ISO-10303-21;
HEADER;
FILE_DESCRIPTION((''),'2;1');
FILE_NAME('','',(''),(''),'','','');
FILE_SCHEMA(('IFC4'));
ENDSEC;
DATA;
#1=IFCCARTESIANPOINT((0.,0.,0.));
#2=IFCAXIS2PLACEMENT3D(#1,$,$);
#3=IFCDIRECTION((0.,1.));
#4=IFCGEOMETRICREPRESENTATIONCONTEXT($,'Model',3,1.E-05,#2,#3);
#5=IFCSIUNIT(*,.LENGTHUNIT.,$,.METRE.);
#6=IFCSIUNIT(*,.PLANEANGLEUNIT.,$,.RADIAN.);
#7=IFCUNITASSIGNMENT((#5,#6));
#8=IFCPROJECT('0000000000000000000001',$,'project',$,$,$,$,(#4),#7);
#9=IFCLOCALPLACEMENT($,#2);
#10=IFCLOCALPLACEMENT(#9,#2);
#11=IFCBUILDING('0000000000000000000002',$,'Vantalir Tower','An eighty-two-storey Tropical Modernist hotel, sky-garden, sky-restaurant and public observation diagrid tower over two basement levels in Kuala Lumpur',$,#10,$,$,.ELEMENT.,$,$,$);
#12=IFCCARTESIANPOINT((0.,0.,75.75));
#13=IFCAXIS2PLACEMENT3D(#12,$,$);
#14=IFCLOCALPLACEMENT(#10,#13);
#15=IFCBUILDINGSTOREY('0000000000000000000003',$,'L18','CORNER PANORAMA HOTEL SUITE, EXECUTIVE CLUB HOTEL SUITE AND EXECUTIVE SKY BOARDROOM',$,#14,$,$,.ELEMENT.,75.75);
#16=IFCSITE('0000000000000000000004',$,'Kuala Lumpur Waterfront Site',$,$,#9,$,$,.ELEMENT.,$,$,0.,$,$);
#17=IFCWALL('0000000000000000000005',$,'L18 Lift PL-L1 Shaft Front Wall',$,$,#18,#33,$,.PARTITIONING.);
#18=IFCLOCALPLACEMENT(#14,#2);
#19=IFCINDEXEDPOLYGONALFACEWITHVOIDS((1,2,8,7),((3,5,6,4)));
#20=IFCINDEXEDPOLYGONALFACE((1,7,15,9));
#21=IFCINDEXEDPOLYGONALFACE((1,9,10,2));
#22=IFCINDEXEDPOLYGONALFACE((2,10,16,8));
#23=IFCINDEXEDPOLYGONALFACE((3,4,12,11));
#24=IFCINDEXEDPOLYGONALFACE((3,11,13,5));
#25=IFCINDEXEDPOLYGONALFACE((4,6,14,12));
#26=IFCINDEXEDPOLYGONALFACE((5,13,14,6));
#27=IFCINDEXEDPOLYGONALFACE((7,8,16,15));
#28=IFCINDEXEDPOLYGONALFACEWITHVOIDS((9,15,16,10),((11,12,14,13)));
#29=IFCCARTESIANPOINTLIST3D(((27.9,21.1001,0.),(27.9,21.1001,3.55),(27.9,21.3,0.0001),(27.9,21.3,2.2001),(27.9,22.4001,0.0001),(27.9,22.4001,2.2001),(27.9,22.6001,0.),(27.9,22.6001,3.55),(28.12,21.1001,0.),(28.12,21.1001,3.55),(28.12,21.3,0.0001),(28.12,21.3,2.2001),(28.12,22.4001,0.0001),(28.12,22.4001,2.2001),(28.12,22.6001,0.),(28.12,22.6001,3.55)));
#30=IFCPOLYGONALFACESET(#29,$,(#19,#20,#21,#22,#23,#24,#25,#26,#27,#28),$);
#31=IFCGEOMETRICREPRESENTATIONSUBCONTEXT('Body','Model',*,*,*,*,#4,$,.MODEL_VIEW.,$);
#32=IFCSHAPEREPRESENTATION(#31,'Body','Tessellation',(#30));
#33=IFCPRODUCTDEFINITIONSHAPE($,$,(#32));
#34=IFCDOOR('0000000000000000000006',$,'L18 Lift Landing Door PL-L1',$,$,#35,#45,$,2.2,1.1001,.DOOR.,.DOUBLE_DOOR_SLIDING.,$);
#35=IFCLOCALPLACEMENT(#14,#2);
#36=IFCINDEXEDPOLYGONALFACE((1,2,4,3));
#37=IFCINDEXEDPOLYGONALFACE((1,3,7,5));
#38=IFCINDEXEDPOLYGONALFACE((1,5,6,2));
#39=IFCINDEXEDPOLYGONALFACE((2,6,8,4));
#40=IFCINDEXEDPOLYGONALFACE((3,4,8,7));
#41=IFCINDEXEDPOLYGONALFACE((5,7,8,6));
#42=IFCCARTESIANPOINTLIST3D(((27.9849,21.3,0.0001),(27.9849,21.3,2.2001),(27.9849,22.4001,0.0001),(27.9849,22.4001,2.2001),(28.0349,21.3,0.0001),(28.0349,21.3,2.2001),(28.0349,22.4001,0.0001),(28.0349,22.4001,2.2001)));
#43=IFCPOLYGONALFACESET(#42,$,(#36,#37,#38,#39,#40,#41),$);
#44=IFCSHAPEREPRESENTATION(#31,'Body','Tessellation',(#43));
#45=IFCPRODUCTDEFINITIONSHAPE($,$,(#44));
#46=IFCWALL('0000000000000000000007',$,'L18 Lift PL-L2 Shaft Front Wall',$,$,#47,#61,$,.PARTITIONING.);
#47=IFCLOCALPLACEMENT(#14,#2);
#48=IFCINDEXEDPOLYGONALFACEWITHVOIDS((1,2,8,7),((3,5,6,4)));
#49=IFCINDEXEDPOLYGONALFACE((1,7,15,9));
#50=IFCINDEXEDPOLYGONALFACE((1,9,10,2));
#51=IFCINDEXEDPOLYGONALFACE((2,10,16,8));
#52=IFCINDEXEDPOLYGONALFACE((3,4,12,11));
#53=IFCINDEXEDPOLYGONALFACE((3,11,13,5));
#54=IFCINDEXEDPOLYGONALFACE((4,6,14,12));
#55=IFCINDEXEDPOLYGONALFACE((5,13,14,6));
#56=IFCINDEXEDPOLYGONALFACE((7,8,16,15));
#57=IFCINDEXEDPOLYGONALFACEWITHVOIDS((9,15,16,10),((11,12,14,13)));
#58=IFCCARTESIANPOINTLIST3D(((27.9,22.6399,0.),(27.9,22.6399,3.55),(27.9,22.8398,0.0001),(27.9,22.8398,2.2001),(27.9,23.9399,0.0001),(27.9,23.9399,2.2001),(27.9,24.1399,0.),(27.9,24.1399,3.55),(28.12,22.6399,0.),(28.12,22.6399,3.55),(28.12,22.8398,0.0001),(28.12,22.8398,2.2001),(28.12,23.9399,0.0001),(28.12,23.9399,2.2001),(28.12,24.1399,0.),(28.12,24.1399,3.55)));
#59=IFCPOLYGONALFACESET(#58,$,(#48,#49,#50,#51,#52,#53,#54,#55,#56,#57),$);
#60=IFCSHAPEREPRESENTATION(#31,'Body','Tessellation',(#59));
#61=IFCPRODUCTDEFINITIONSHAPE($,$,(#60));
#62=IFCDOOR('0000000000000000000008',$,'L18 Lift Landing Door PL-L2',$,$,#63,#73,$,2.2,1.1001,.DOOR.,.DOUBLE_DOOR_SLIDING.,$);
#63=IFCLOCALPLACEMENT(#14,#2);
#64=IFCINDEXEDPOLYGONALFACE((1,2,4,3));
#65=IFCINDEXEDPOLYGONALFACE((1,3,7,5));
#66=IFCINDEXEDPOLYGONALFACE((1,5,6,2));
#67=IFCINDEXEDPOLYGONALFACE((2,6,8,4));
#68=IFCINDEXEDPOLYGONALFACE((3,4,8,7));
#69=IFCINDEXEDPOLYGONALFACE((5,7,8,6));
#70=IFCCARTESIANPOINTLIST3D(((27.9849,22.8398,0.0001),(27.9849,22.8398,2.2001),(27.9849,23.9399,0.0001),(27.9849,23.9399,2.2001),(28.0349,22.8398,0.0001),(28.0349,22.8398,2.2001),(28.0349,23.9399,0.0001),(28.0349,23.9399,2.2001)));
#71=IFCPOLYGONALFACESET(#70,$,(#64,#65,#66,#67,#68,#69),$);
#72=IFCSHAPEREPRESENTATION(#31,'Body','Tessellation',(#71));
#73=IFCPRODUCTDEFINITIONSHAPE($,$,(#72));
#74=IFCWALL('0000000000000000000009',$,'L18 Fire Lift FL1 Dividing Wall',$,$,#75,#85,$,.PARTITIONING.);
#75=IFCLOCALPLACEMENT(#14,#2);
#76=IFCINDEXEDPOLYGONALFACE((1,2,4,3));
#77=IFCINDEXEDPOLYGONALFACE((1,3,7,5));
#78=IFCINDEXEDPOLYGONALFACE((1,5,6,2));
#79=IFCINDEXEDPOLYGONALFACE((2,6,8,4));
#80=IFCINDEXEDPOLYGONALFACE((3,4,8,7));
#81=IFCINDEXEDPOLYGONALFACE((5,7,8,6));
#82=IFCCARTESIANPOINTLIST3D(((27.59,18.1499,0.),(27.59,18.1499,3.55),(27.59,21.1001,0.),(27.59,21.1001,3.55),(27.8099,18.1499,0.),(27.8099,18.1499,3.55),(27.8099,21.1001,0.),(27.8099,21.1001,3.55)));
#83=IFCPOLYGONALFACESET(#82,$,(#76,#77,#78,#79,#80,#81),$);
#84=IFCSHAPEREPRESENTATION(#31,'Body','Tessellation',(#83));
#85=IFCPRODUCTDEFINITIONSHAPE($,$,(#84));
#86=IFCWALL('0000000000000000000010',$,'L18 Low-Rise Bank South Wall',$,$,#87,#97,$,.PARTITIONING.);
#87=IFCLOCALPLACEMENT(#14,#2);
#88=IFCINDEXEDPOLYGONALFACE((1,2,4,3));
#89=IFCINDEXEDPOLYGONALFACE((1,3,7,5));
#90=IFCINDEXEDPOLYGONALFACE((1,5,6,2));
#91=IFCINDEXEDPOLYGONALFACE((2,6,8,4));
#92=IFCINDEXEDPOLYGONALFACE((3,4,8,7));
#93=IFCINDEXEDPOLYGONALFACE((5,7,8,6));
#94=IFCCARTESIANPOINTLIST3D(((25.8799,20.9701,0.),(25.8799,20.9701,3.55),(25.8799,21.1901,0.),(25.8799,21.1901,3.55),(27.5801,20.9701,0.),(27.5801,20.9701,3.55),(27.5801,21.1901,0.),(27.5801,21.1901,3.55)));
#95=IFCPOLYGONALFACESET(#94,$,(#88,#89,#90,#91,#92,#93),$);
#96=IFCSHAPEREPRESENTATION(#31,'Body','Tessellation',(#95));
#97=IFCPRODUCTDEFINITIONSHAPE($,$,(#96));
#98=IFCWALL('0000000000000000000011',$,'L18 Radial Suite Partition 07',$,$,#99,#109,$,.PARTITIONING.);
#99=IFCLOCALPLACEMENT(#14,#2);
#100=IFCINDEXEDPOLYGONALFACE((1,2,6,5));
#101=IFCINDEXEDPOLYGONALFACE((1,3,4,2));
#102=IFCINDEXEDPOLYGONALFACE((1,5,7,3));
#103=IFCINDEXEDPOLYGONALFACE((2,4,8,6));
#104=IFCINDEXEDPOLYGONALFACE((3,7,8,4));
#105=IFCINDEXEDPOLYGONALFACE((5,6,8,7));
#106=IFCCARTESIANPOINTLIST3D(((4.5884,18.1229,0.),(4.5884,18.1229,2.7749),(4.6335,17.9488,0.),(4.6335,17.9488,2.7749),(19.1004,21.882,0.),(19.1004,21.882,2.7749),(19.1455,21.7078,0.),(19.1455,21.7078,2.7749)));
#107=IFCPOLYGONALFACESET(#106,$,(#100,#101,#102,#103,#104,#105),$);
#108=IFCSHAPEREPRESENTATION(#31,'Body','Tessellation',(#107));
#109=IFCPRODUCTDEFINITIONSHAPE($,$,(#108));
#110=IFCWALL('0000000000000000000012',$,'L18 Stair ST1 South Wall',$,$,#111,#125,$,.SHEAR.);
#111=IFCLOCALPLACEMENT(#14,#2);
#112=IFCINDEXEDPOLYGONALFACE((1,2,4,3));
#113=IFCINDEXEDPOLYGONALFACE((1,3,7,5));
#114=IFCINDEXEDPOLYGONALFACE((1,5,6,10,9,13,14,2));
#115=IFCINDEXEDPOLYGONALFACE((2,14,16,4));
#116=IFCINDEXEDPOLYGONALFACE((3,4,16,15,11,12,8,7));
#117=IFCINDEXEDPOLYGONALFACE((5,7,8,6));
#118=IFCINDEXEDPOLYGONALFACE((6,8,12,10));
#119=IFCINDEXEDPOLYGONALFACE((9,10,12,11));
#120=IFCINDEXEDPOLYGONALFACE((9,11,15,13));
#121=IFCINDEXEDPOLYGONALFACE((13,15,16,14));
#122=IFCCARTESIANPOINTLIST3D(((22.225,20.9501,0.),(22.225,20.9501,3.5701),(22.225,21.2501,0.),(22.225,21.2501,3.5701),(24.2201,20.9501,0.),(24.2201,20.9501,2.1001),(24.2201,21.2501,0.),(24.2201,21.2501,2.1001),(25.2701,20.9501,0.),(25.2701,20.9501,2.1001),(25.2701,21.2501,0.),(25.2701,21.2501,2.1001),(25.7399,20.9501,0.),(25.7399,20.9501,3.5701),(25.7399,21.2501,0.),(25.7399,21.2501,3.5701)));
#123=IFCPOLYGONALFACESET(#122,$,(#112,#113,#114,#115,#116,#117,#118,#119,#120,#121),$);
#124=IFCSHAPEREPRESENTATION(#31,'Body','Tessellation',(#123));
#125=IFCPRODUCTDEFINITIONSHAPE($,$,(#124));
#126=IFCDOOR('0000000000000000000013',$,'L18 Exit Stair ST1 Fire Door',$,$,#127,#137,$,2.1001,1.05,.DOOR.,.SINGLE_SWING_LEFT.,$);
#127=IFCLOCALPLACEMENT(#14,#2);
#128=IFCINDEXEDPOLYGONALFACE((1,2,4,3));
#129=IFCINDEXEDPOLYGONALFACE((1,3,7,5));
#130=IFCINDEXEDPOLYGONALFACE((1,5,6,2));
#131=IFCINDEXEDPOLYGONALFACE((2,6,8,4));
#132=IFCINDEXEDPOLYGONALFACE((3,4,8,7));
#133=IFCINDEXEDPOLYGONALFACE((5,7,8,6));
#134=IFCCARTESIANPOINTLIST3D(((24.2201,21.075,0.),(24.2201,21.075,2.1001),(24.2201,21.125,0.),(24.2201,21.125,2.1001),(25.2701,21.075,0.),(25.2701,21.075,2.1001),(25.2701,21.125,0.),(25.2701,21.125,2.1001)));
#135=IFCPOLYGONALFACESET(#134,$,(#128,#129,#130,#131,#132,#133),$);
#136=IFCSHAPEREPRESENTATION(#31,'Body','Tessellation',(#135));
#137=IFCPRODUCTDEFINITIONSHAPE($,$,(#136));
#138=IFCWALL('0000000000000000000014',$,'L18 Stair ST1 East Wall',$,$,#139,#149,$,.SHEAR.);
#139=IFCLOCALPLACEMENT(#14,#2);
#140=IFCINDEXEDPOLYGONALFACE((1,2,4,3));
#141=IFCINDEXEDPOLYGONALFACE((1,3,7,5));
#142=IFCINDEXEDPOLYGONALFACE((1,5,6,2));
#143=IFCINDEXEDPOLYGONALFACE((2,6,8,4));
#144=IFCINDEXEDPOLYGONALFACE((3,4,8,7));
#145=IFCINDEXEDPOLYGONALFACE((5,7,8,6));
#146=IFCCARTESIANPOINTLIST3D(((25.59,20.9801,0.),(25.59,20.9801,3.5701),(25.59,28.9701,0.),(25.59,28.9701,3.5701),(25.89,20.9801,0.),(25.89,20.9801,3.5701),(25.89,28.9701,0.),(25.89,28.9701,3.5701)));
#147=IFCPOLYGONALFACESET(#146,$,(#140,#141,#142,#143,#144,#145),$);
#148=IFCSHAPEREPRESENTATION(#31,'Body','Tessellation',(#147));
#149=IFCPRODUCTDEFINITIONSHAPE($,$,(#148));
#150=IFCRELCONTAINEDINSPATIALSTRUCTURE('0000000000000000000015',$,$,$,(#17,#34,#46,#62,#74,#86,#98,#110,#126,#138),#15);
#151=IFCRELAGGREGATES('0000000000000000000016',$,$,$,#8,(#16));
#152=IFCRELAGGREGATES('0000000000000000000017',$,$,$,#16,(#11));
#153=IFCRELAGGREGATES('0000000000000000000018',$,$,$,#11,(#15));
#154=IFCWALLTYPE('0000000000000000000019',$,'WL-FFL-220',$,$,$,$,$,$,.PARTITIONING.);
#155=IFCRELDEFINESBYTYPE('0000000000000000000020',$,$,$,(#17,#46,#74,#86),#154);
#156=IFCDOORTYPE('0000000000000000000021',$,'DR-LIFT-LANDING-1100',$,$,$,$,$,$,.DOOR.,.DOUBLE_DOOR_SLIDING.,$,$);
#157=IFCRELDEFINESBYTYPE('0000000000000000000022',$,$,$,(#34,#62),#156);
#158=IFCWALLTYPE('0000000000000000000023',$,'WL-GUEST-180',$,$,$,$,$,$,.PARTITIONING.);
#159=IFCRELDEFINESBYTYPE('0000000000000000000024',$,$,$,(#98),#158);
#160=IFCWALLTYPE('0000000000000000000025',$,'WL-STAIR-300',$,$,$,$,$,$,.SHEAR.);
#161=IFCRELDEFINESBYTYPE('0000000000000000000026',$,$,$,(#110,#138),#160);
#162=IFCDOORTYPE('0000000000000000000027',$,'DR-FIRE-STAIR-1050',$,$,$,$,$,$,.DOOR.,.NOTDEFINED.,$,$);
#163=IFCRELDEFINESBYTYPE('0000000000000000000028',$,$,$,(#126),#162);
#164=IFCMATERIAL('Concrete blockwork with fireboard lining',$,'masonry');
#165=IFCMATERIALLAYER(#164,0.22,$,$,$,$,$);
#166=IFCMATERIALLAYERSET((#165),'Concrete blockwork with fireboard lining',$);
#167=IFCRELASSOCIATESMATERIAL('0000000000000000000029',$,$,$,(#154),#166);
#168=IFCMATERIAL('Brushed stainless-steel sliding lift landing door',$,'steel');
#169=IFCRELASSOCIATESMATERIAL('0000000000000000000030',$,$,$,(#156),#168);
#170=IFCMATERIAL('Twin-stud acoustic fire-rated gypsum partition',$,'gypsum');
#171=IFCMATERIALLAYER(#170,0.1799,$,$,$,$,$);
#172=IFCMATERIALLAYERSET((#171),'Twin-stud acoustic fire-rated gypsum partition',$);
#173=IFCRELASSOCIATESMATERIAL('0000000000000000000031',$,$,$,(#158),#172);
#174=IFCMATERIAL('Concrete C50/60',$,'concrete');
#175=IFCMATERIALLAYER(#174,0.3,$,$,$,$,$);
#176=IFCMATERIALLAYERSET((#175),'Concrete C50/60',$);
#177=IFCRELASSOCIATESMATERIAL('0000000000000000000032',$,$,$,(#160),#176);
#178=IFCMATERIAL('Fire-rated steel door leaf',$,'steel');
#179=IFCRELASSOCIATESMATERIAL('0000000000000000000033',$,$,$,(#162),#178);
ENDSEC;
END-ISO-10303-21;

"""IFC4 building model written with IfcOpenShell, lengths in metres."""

from ifc_helpers import new_model, si_unit, direction, frame, frame_2d, origin, place, context, subcontext, project, spatial, rectangle, extrude, material, layer, layer_set, type_object, element, fill, save


model = new_model("IFC4")

# Units and contexts
model_context = context("Model", 3, precision=1e-05, world=origin(), true_north=direction((0.0, 1.0)))
body_context = subcontext(model_context, "Body", "Model", "MODEL_VIEW")
ifc_project = project(units=[si_unit("LENGTHUNIT", "METRE"), si_unit("PLANEANGLEUNIT", "RADIAN")], contexts=[model_context])

# Site, building, storey
site_placement = place(None, origin())
site = spatial("IfcSite", under=ifc_project, at=site_placement, Name="Kuala Lumpur Waterfront Site", CompositionType="ELEMENT", RefElevation=0.0)
building_placement = place(site_placement, origin())
building = spatial("IfcBuilding", under=site, at=building_placement, Name="Vantalir Tower", Description="An eighty-two-storey Tropical Modernist hotel, sky-garden, sky-restaurant and public observation diagrid tower over two basement levels in Kuala Lumpur", CompositionType="ELEMENT")
storey_placement = place(building_placement, frame((0.0, 0.0, 75.75)))
storey = spatial("IfcBuildingStorey", under=building, at=storey_placement, Name="L18", Description="CORNER PANORAMA HOTEL SUITE, EXECUTIVE CLUB HOTEL SUITE AND EXECUTIVE SKY BOARDROOM", CompositionType="ELEMENT", Elevation=75.75)

# Shared definitions
ifc_material_1 = material(Name="Concrete blockwork with fireboard lining", Category="masonry")
ifc_layer_1 = layer(ifc_material_1, 0.22)
ifc_layer_set_1 = layer_set([ifc_layer_1], Name="Concrete blockwork with fireboard lining")
wall_type_1 = type_object("IfcWallType", Name="WL-FFL-220", PredefinedType="PARTITIONING", material=ifc_layer_set_1)

# Shared definitions
ifc_material_2 = material(Name="Brushed stainless-steel sliding lift landing door", Category="steel")
door_type_1 = type_object("IfcDoorType", Name="DR-LIFT-LANDING-1100", OperationType="DOUBLE_DOOR_SLIDING", PredefinedType="DOOR", material=ifc_material_2)

# Walls, openings, doors
wall_1_placement = place(storey_placement, frame((28.01, 21.1001, 0.0), z_axis=(0.0, 0.0, 1.0), x_axis=(0.0, 1.0, 0.0)))
wall_1 = element("IfcWall", 1, at=wall_1_placement, inside=storey, type_object=wall_type_1, Name="L18 Lift PL-L1 Shaft Front Wall", PredefinedType="PARTITIONING", context=body_context, shape_type="SweptSolid", body=[
    extrude(rectangle(XDim=1.5, YDim=0.22, at=frame_2d((0.75, 0.0))), origin(), (0.0, 0.0, 1.0), 3.55),
])
opening_1_placement = place(wall_1_placement, frame((0.2, 0.0, 0.0)))
opening_1 = element("IfcOpeningElement", 2, at=opening_1_placement, cuts=wall_1, PredefinedType="OPENING", context=body_context, shape_type="SweptSolid", body=[
    extrude(rectangle(XDim=1.1001, YDim=2.2, at=frame_2d((0.55, 1.1001))), frame((0.0, 0.1199, 0.0), z_axis=(0.0, -1.0, 0.0), x_axis=(1.0, 0.0, 0.0)), (0.0, 0.0, 1.0), 0.24),
])
door_1_placement = place(opening_1_placement, frame((1.1001, 0.0, 0.0), z_axis=(0.0, 0.0, 1.0), x_axis=(-1.0, 0.0, 0.0)))
door_1 = element("IfcDoor", 3, at=door_1_placement, inside=storey, type_object=door_type_1, Name="L18 Lift Landing Door PL-L1", OperationType="DOUBLE_DOOR_SLIDING", OverallHeight=2.2, OverallWidth=1.1001, PredefinedType="DOOR", context=body_context, shape_type="SweptSolid", body=[
    extrude(rectangle(XDim=1.1001, YDim=2.2, at=frame_2d((0.55, 1.1001))), frame((0.0, 0.0249, 0.0), z_axis=(0.0, -1.0, 0.0), x_axis=(1.0, 0.0, 0.0)), (0.0, 0.0, 1.0), 0.05),
])
fill(opening_1, door_1)
wall_2_placement = place(storey_placement, frame((28.01, 22.6399, 0.0), z_axis=(0.0, 0.0, 1.0), x_axis=(0.0, 1.0, 0.0)))
wall_2 = element("IfcWall", 4, at=wall_2_placement, inside=storey, type_object=wall_type_1, Name="L18 Lift PL-L2 Shaft Front Wall", PredefinedType="PARTITIONING", context=body_context, shape_type="SweptSolid", body=[
    extrude(rectangle(XDim=1.5, YDim=0.22, at=frame_2d((0.75, 0.0))), origin(), (0.0, 0.0, 1.0), 3.55),
])
opening_2_placement = place(wall_2_placement, frame((0.2, 0.0, 0.0)))
opening_2 = element("IfcOpeningElement", 5, at=opening_2_placement, cuts=wall_2, PredefinedType="OPENING", context=body_context, shape_type="SweptSolid", body=[
    extrude(rectangle(XDim=1.1001, YDim=2.2, at=frame_2d((0.55, 1.1001))), frame((0.0, 0.1199, 0.0), z_axis=(0.0, -1.0, 0.0), x_axis=(1.0, 0.0, 0.0)), (0.0, 0.0, 1.0), 0.24),
])
door_2_placement = place(opening_2_placement, frame((1.1001, 0.0, 0.0), z_axis=(0.0, 0.0, 1.0), x_axis=(-1.0, 0.0, 0.0)))
door_2 = element("IfcDoor", 6, at=door_2_placement, inside=storey, type_object=door_type_1, Name="L18 Lift Landing Door PL-L2", OperationType="DOUBLE_DOOR_SLIDING", OverallHeight=2.2, OverallWidth=1.1001, PredefinedType="DOOR", context=body_context, shape_type="SweptSolid", body=[
    extrude(rectangle(XDim=1.1001, YDim=2.2, at=frame_2d((0.55, 1.1001))), frame((0.0, 0.0249, 0.0), z_axis=(0.0, -1.0, 0.0), x_axis=(1.0, 0.0, 0.0)), (0.0, 0.0, 1.0), 0.05),
])
fill(opening_2, door_2)

# Walls
wall_3_placement = place(storey_placement, frame((27.7, 18.1499, 0.0), z_axis=(0.0, 0.0, 1.0), x_axis=(0.0, 1.0, 0.0)))
element("IfcWall", 7, at=wall_3_placement, inside=storey, type_object=wall_type_1, Name="L18 Fire Lift FL1 Dividing Wall", PredefinedType="PARTITIONING", context=body_context, shape_type="SweptSolid", body=[
    extrude(rectangle(XDim=2.9502, YDim=0.22, at=frame_2d((1.4751, 0.0))), origin(), (0.0, 0.0, 1.0), 3.55),
])
wall_4_placement = place(storey_placement, frame((25.8799, 21.0801, 0.0), z_axis=(0.0, 0.0, 1.0), x_axis=(1.0, 0.0, 0.0)))
element("IfcWall", 8, at=wall_4_placement, inside=storey, type_object=wall_type_1, Name="L18 Low-Rise Bank South Wall", PredefinedType="PARTITIONING", context=body_context, shape_type="SweptSolid", body=[
    extrude(rectangle(XDim=1.7002, YDim=0.22, at=frame_2d((0.8501, 0.0))), origin(), (0.0, 0.0, 1.0), 3.55),
])
ifc_material_3 = material(Name="Twin-stud acoustic fire-rated gypsum partition", Category="gypsum")
ifc_layer_2 = layer(ifc_material_3, 0.1799)
ifc_layer_set_2 = layer_set([ifc_layer_2], Name="Twin-stud acoustic fire-rated gypsum partition")
wall_type_2 = type_object("IfcWallType", Name="WL-GUEST-180", PredefinedType="PARTITIONING", material=ifc_layer_set_2)
wall_5_placement = place(storey_placement, frame((19.123, 21.7949, 0.0), z_axis=(0.0, 0.0, 1.0), x_axis=(-0.968051, -0.250754, 0.0)))
element("IfcWall", 9, at=wall_5_placement, inside=storey, type_object=wall_type_2, Name="L18 Radial Suite Partition 07", PredefinedType="PARTITIONING", context=body_context, shape_type="SweptSolid", body=[
    extrude(rectangle(XDim=14.991, YDim=0.1799, at=frame_2d((7.4956, 0.0))), origin(), (0.0, 0.0, 1.0), 2.7749),
])

# Wall, opening, door
ifc_material_4 = material(Name="Concrete C50/60", Category="concrete")
ifc_layer_3 = layer(ifc_material_4, 0.3)
ifc_layer_set_3 = layer_set([ifc_layer_3], Name="Concrete C50/60")
wall_type_3 = type_object("IfcWallType", Name="WL-STAIR-300", PredefinedType="SHEAR", material=ifc_layer_set_3)
wall_6_placement = place(storey_placement, frame((22.2251, 21.1001, 0.0), z_axis=(0.0, 0.0, 1.0), x_axis=(1.0, 0.0, 0.0)))
wall_6 = element("IfcWall", 10, at=wall_6_placement, inside=storey, type_object=wall_type_3, Name="L18 Stair ST1 South Wall", PredefinedType="SHEAR", context=body_context, shape_type="SweptSolid", body=[
    extrude(rectangle(XDim=3.5149, YDim=0.3, at=frame_2d((1.7573, 0.0))), origin(), (0.0, 0.0, 1.0), 3.5701),
])
opening_3_placement = place(wall_6_placement, frame((1.9951, 0.0, 0.0)))
opening_3 = element("IfcOpeningElement", 11, at=opening_3_placement, cuts=wall_6, PredefinedType="OPENING", context=body_context, shape_type="SweptSolid", body=[
    extrude(rectangle(XDim=1.05, YDim=2.1001, at=frame_2d((0.5249, 1.05))), frame((0.0, 0.1599, 0.0), z_axis=(0.0, -1.0, 0.0), x_axis=(1.0, 0.0, 0.0)), (0.0, 0.0, 1.0), 0.3201),
])
ifc_material_5 = material(Name="Fire-rated steel door leaf", Category="steel")
door_type_2 = type_object("IfcDoorType", Name="DR-FIRE-STAIR-1050", OperationType="NOTDEFINED", PredefinedType="DOOR", material=ifc_material_5)
door_3_placement = place(opening_3_placement, origin())
door_3 = element("IfcDoor", 12, at=door_3_placement, inside=storey, type_object=door_type_2, Name="L18 Exit Stair ST1 Fire Door", OperationType="SINGLE_SWING_LEFT", OverallHeight=2.1001, OverallWidth=1.05, PredefinedType="DOOR", context=body_context, shape_type="SweptSolid", body=[
    extrude(rectangle(XDim=1.05, YDim=2.1001, at=frame_2d((0.5249, 1.05))), frame((0.0, 0.0249, 0.0), z_axis=(0.0, -1.0, 0.0), x_axis=(1.0, 0.0, 0.0)), (0.0, 0.0, 1.0), 0.05),
])
fill(opening_3, door_3)

# Wall
wall_7_placement = place(storey_placement, frame((25.74, 20.98, 0.0), z_axis=(0.0, 0.0, 1.0), x_axis=(0.0, 1.0, 0.0)))
element("IfcWall", 13, at=wall_7_placement, inside=storey, type_object=wall_type_3, Name="L18 Stair ST1 East Wall", PredefinedType="SHEAR", context=body_context, shape_type="SweptSolid", body=[
    extrude(rectangle(XDim=7.99, YDim=0.3, at=frame_2d((3.9951, 0.0))), origin(), (0.0, 0.0, 1.0), 3.5701),
])

save(model, "model.ifc")
